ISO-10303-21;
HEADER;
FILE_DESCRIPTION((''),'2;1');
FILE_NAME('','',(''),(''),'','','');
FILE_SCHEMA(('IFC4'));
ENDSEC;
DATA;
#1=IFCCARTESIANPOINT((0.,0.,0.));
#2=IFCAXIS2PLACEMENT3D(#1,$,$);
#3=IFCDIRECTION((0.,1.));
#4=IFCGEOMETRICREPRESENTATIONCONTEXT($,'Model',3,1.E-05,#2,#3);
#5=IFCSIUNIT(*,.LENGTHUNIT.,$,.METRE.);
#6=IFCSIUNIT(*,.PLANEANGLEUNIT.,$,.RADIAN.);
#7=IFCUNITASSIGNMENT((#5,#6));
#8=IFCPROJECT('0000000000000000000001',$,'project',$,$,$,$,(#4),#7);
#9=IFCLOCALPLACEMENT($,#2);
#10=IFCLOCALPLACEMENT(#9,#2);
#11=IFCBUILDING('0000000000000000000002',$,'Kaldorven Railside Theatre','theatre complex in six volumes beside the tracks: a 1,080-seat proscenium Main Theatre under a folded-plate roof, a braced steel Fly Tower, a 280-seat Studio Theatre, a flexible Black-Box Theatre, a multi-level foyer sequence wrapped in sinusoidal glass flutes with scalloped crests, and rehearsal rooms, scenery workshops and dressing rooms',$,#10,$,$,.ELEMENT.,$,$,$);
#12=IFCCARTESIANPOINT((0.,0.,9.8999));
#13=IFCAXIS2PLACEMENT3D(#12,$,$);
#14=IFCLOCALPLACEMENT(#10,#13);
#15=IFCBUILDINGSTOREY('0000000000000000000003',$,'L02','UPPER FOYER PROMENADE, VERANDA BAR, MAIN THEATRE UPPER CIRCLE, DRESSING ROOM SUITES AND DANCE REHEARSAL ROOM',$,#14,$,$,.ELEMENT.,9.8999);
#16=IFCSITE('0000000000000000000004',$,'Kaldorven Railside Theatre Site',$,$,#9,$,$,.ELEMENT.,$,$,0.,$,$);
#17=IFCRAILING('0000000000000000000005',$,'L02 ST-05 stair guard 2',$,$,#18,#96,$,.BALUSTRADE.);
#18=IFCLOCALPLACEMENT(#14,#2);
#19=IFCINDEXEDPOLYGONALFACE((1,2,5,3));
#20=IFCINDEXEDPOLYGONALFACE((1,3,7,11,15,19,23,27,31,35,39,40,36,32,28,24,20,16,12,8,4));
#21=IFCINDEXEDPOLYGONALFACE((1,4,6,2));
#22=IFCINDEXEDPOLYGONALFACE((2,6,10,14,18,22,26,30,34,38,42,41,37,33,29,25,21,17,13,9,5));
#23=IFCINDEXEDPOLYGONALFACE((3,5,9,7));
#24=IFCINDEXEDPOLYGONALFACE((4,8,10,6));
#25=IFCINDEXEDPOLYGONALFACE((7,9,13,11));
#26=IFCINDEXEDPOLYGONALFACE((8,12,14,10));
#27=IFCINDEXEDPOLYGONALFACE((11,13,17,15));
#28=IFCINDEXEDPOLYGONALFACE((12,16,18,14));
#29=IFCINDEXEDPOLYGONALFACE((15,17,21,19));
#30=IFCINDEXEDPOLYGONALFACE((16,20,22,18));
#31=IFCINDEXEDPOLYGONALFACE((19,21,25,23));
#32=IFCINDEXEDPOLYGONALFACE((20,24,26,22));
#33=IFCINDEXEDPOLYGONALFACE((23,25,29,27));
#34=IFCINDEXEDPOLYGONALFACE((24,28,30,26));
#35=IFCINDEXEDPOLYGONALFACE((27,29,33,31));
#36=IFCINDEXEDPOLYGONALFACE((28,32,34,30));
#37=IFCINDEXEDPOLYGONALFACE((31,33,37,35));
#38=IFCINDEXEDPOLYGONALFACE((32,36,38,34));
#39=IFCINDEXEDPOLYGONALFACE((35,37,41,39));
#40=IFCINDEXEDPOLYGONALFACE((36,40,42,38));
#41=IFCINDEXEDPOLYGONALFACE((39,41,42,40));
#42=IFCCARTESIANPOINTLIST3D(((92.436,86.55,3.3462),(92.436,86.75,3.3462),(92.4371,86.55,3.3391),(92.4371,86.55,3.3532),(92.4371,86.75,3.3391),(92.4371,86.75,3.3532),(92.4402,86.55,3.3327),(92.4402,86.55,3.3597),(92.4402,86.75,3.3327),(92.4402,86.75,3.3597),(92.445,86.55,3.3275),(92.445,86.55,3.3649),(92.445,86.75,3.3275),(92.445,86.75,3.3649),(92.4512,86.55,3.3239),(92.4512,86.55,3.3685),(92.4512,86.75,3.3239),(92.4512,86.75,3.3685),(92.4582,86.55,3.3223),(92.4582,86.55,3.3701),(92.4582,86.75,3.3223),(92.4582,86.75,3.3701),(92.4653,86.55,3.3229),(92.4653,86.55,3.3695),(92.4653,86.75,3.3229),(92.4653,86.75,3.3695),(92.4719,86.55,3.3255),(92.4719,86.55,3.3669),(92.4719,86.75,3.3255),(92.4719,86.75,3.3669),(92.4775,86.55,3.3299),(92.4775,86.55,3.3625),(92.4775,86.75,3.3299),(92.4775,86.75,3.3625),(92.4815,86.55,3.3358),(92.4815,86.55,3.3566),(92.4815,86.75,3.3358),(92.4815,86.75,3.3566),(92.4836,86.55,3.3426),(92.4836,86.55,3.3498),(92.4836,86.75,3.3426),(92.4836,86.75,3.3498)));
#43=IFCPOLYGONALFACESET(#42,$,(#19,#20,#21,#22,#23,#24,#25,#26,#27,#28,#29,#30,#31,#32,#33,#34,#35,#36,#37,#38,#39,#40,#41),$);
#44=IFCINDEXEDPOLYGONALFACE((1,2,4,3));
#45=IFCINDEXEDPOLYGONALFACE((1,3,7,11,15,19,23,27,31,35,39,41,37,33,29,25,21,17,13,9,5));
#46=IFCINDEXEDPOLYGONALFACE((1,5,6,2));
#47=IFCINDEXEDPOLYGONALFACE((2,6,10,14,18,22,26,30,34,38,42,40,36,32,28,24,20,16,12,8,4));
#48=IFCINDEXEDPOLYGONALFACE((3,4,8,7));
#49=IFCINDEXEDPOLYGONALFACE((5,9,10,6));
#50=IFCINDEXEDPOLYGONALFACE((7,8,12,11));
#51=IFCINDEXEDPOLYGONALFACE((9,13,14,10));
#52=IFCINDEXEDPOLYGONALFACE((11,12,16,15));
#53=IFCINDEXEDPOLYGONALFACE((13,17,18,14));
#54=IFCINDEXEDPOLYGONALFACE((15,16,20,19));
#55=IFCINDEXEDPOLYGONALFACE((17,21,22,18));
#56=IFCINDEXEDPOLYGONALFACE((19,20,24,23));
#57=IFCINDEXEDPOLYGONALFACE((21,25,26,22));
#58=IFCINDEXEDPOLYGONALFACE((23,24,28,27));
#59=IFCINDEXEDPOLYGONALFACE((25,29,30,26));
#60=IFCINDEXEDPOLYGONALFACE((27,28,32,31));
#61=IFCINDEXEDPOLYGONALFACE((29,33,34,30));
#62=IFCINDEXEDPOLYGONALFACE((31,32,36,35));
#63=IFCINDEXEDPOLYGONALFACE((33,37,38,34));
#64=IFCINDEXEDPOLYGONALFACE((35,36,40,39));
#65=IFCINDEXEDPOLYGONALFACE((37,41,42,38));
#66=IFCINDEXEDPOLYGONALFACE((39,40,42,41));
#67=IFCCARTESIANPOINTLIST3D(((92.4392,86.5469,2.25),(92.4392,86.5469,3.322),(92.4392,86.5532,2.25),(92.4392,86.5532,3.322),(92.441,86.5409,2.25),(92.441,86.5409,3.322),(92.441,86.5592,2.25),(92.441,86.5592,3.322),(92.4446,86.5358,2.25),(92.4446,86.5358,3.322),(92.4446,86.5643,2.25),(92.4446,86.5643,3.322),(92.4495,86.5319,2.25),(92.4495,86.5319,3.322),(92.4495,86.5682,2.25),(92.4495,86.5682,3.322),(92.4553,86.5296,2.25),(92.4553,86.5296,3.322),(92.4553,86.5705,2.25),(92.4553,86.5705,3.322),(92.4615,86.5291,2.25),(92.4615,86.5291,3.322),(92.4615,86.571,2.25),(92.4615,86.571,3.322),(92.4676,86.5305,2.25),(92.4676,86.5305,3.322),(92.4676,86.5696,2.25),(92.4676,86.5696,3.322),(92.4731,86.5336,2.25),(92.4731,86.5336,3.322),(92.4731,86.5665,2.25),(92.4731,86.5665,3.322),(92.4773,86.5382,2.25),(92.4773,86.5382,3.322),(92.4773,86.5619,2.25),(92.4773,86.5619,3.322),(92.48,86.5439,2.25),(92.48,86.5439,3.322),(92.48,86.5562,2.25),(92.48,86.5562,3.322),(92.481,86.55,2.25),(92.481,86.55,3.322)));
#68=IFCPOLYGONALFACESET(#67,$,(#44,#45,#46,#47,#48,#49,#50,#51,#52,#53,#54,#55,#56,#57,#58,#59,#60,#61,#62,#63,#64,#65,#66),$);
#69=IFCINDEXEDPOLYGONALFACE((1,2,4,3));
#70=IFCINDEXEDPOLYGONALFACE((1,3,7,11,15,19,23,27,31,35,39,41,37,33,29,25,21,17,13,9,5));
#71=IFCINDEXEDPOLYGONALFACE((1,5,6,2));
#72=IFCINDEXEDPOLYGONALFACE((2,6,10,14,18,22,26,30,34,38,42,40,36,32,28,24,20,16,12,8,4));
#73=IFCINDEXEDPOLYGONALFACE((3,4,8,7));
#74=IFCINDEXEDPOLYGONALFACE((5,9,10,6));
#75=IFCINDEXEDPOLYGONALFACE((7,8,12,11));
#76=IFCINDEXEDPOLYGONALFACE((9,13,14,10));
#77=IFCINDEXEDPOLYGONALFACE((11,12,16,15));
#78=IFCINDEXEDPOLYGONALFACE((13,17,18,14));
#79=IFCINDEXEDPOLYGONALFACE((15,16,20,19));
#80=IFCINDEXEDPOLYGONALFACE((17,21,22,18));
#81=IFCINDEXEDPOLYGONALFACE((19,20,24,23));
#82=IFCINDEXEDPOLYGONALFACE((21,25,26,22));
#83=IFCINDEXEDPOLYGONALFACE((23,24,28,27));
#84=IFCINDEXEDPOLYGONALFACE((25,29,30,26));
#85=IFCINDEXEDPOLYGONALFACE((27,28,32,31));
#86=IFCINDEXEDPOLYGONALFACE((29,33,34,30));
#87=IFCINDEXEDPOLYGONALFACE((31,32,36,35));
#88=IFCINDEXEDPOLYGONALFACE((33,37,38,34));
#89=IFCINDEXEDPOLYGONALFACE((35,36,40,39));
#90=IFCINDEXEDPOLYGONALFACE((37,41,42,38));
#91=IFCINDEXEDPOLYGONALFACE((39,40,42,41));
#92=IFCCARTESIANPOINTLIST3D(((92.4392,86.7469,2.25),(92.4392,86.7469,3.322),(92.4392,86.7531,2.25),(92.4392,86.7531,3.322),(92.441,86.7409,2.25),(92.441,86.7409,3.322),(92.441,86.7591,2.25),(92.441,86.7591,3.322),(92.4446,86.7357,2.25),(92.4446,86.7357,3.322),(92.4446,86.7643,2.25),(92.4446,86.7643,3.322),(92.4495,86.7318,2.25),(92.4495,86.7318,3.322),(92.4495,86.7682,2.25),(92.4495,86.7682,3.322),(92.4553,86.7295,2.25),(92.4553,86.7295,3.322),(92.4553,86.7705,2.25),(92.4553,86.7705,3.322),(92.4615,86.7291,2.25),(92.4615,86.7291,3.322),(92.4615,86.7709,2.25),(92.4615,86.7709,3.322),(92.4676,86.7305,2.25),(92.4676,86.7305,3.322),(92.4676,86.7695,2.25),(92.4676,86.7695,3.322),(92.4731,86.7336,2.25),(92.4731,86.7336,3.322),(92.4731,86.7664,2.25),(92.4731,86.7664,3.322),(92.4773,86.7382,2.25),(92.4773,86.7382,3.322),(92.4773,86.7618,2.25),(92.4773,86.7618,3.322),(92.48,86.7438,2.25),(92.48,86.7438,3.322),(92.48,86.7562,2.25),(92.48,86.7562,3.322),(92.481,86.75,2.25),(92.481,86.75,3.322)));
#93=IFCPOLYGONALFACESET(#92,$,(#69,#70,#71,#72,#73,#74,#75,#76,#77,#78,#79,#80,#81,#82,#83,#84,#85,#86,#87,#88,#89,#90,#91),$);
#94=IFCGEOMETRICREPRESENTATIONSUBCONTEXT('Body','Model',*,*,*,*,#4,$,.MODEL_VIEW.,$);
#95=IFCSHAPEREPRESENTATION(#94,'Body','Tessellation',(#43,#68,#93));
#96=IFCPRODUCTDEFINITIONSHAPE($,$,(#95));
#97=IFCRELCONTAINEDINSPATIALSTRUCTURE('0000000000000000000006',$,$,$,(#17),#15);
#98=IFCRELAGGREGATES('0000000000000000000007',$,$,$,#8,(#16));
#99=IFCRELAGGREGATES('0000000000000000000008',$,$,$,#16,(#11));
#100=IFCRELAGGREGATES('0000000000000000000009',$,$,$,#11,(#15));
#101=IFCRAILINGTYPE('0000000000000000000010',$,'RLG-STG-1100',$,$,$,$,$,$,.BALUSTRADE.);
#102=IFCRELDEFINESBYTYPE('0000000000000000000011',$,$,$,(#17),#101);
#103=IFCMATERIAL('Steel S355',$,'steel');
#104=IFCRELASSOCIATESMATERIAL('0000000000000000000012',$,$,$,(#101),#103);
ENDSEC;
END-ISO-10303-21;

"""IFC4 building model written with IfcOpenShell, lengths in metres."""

from ifc_helpers import new_model, si_unit, direction, frame, origin, origin_2d, place, context, subcontext, project, spatial, circle, extrude, material, type_object, element, save


model = new_model("IFC4")

# Units and contexts
model_context = context("Model", 3, precision=1e-05, world=origin(), true_north=direction((0.0, 1.0)))
body_context = subcontext(model_context, "Body", "Model", "MODEL_VIEW")
ifc_project = project(units=[si_unit("LENGTHUNIT", "METRE"), si_unit("PLANEANGLEUNIT", "RADIAN")], contexts=[model_context])

# Site, building, storey
site_placement = place(None, origin())
site = spatial("IfcSite", under=ifc_project, at=site_placement, Name="Kaldorven Railside Theatre Site", CompositionType="ELEMENT", RefElevation=0.0)
building_placement = place(site_placement, origin())
building = spatial("IfcBuilding", under=site, at=building_placement, Name="Kaldorven Railside Theatre", Description="theatre complex in six volumes beside the tracks: a 1,080-seat proscenium Main Theatre under a folded-plate roof, a braced steel Fly Tower, a 280-seat Studio Theatre, a flexible Black-Box Theatre, a multi-level foyer sequence wrapped in sinusoidal glass flutes with scalloped crests, and rehearsal rooms, scenery workshops and dressing rooms", CompositionType="ELEMENT")
storey_placement = place(building_placement, frame((0.0, 0.0, 9.8999)))
storey = spatial("IfcBuildingStorey", under=building, at=storey_placement, Name="L02", Description="UPPER FOYER PROMENADE, VERANDA BAR, MAIN THEATRE UPPER CIRCLE, DRESSING ROOM SUITES AND DANCE REHEARSAL ROOM", CompositionType="ELEMENT", Elevation=9.8999)

# Shared definitions
ifc_material_1 = material(Name="Steel S355", Category="steel")

# Railing
railing_type_1 = type_object("IfcRailingType", Name="RLG-STG-1100", PredefinedType="BALUSTRADE", material=ifc_material_1)
railing_1_placement = place(storey_placement, frame((92.46, 86.55, 2.25)))
element("IfcRailing", 1, at=railing_1_placement, inside=storey, type_object=railing_type_1, Name="L02 ST-05 stair guard 2", PredefinedType="BALUSTRADE", context=body_context, shape_type="SweptSolid", body=[
    extrude(circle(Radius=0.0239, at=origin_2d()), frame((0.0, 0.0, 1.0962), z_axis=(0.0, 1.0, 0.0), x_axis=(-1.0, 0.0, 0.0)), (0.0, 0.0, 1.0), 0.2),
    extrude(circle(Radius=0.021, at=origin_2d()), origin(), (0.0, 0.0, 1.0), 1.072),
    extrude(circle(Radius=0.021, at=origin_2d()), frame((0.0, 0.2, 0.0)), (0.0, 0.0, 1.0), 1.072),
])

save(model, "model.ifc")
